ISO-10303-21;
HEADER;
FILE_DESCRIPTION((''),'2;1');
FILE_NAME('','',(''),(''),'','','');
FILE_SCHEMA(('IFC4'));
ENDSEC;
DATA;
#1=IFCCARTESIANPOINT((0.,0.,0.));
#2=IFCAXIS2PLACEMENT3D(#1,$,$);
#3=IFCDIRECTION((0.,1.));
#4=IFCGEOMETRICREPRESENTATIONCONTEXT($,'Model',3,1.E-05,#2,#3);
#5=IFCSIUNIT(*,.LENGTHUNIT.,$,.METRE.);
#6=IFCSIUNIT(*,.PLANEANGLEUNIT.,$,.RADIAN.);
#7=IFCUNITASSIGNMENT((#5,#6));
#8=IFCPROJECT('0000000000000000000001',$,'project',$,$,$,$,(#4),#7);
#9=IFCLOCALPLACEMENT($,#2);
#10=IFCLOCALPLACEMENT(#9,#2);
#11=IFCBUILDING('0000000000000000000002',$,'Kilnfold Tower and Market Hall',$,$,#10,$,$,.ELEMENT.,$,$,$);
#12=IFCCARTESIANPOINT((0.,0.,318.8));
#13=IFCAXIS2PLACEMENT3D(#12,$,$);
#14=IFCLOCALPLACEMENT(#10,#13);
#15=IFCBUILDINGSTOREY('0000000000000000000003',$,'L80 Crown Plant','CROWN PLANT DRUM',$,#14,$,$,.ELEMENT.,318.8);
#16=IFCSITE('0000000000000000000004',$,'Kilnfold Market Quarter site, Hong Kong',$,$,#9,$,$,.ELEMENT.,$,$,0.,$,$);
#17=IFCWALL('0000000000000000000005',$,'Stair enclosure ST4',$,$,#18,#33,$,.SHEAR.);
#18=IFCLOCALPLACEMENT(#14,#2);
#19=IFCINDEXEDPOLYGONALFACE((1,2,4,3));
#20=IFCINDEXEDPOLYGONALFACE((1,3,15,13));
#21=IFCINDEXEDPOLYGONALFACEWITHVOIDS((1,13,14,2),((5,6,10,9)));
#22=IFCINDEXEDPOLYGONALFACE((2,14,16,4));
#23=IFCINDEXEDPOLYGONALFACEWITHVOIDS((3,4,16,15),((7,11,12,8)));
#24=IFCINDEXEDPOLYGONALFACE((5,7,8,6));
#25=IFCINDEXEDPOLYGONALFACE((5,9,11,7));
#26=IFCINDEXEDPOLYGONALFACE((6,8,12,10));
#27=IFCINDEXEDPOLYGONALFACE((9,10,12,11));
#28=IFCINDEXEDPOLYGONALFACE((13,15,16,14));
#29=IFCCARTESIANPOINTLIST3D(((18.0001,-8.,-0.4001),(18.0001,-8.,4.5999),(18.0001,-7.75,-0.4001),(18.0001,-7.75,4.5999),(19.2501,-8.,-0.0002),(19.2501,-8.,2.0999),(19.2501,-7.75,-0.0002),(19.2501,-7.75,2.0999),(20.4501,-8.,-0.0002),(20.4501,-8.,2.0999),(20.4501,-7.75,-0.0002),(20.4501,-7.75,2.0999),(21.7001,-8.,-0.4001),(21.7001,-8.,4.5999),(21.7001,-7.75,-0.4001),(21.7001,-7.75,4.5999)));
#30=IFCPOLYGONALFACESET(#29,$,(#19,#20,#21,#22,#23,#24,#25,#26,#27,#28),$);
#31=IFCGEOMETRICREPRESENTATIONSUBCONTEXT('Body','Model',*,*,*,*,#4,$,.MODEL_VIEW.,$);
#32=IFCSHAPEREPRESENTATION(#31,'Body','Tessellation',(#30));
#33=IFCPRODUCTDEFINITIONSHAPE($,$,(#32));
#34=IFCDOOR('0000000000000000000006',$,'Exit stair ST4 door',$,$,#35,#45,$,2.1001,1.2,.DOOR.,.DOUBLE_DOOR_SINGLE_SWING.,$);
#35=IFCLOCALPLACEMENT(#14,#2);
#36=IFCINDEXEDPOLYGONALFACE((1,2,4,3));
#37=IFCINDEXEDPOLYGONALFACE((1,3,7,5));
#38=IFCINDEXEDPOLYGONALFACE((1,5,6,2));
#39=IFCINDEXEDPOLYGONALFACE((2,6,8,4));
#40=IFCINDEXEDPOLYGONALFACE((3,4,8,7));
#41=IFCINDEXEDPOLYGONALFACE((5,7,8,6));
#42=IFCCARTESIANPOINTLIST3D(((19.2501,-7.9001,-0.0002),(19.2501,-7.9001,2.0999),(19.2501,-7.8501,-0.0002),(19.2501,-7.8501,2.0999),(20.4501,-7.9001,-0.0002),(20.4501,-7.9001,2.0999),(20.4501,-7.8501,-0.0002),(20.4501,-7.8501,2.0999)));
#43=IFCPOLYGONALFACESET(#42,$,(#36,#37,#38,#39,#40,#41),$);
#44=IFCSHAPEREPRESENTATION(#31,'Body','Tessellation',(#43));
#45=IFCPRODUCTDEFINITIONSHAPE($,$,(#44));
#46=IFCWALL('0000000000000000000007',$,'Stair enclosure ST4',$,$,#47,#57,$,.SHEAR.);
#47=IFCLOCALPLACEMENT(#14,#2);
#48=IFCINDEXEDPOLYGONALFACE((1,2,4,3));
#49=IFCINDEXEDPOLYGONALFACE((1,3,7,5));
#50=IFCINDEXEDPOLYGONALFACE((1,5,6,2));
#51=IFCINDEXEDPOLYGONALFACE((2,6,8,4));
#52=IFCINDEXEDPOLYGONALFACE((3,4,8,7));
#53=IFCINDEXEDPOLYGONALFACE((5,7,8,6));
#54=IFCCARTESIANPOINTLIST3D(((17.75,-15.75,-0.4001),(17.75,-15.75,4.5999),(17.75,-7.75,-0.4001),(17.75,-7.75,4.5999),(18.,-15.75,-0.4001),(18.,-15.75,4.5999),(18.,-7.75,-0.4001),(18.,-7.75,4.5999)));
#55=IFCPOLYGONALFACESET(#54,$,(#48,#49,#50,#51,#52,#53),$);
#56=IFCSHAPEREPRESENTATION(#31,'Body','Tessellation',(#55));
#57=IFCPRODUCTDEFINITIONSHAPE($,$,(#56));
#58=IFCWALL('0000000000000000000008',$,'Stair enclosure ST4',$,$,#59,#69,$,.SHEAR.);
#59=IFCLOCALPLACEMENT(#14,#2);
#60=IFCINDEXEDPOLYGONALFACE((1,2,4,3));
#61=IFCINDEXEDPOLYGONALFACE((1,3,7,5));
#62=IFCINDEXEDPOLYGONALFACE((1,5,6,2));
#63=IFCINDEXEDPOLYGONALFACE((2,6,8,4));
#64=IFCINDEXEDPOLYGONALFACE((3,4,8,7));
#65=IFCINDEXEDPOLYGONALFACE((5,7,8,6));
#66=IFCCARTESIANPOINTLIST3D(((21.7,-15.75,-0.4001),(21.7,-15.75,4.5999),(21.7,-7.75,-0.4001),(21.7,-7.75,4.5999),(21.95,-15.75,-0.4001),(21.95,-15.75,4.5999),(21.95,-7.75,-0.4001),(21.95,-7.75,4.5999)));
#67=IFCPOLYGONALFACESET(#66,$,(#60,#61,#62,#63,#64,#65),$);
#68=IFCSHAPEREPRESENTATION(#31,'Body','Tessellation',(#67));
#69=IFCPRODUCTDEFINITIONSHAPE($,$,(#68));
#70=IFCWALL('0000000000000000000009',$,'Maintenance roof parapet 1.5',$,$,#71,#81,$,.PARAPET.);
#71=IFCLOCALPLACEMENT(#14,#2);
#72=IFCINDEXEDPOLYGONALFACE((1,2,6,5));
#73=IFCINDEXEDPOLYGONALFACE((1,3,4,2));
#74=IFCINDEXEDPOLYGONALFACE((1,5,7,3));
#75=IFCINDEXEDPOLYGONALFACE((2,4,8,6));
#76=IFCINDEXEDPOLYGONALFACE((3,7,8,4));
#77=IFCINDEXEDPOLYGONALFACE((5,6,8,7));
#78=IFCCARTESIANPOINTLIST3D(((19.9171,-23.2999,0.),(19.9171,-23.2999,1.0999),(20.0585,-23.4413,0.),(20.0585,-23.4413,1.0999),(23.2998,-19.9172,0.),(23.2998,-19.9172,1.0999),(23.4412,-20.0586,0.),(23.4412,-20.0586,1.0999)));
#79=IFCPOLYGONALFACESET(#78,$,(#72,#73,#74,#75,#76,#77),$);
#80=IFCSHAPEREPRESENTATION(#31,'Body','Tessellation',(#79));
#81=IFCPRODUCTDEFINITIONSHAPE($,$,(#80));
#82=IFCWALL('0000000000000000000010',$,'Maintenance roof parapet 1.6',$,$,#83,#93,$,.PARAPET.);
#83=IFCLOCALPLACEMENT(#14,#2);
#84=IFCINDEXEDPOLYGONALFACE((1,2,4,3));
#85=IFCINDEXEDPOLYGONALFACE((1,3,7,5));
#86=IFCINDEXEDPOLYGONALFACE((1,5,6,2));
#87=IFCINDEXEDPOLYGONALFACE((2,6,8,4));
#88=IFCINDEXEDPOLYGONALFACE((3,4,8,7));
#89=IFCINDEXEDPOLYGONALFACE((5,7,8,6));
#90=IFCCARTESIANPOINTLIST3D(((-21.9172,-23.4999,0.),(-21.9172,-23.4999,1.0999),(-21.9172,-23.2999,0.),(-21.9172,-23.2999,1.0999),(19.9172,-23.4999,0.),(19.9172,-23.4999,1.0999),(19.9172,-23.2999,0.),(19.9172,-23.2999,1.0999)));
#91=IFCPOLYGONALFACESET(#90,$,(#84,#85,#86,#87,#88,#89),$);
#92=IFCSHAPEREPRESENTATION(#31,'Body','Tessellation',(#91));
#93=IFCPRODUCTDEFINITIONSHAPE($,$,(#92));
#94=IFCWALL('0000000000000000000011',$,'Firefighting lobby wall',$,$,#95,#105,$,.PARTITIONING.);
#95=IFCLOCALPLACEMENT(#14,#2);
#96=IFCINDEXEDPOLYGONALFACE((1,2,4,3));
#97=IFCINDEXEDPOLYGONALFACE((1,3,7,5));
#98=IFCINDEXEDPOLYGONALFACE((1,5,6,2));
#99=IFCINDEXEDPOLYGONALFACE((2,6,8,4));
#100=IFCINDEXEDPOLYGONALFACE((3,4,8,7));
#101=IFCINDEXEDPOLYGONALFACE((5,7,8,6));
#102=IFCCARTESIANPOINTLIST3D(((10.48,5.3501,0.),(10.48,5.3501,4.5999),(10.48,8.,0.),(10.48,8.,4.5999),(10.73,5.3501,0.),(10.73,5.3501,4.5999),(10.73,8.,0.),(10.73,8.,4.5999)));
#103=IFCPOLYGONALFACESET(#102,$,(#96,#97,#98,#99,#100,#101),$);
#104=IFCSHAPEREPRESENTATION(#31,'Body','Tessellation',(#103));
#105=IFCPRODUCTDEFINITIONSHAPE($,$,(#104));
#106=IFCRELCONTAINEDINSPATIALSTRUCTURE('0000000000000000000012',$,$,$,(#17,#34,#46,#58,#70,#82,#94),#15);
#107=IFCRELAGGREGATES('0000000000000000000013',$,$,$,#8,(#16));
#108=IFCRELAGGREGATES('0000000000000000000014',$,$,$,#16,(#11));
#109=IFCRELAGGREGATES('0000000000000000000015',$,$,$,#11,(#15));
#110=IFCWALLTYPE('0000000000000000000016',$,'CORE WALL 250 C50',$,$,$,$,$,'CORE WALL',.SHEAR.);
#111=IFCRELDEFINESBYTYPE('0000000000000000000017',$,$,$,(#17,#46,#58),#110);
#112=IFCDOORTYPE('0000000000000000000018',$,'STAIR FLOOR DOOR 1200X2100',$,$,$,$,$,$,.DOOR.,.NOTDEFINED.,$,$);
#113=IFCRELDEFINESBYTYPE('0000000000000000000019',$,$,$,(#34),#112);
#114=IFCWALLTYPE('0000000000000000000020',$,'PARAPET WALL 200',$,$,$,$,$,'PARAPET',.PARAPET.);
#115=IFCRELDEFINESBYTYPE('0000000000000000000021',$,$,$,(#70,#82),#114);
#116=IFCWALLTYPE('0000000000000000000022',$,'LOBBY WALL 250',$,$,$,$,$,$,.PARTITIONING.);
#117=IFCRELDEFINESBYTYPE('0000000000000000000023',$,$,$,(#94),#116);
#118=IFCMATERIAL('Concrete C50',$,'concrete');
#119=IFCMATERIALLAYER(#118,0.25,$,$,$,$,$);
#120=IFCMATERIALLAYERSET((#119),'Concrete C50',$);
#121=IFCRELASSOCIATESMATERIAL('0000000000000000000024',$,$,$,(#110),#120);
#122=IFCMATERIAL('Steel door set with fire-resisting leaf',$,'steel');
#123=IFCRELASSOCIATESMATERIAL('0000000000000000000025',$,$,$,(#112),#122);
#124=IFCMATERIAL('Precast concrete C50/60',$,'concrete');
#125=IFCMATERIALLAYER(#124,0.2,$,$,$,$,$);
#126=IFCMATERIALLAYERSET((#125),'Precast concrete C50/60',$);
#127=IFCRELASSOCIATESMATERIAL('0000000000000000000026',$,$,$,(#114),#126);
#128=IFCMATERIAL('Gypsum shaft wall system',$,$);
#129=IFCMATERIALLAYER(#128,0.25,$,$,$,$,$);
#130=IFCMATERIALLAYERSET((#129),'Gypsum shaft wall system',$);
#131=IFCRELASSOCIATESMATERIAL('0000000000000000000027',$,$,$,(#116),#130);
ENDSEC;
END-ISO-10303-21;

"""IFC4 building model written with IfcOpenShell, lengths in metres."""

from ifc_helpers import new_model, si_unit, direction, frame, frame_2d, origin, place, context, subcontext, project, spatial, rectangle, extrude, source, transform, mapped, material, layer, layer_set, type_object, element, fill, save


model = new_model("IFC4")

# Units and contexts
model_context = context("Model", 3, precision=1e-05, world=origin(), true_north=direction((0.0, 1.0)))
body_context = subcontext(model_context, "Body", "Model", "MODEL_VIEW")
ifc_project = project(units=[si_unit("LENGTHUNIT", "METRE"), si_unit("PLANEANGLEUNIT", "RADIAN")], contexts=[model_context])

# Site, building, storey
site_placement = place(None, origin())
site = spatial("IfcSite", under=ifc_project, at=site_placement, Name="Kilnfold Market Quarter site, Hong Kong", CompositionType="ELEMENT", RefElevation=0.0)
building_placement = place(site_placement, origin())
building = spatial("IfcBuilding", under=site, at=building_placement, Name="Kilnfold Tower and Market Hall", CompositionType="ELEMENT")
storey_placement = place(building_placement, frame((0.0, 0.0, 318.8)))
storey = spatial("IfcBuildingStorey", under=building, at=storey_placement, Name="L80 Crown Plant", Description="CROWN PLANT DRUM", CompositionType="ELEMENT", Elevation=318.8)

# Shared definitions
ifc_material_1 = material(Name="Concrete C50", Category="concrete")
ifc_layer_1 = layer(ifc_material_1, 0.25)
ifc_layer_set_1 = layer_set([ifc_layer_1], Name="Concrete C50")
wall_type_1 = type_object("IfcWallType", Name="CORE WALL 250 C50", ElementType="CORE WALL", PredefinedType="SHEAR", material=ifc_layer_set_1)
shared_shape_1 = source(origin(), body_context, "Body", "SweptSolid", [
    extrude(rectangle(XDim=3.7, YDim=0.25, at=frame_2d((1.8501, 0.0))), origin(), (0.0, 0.0, 1.0), 5.0),
])

# Wall, opening, door
wall_1_placement = place(storey_placement, frame((18.0, -7.875, -0.4001), z_axis=(0.0, 0.0, 1.0), x_axis=(1.0, 0.0, 0.0)))
wall_1 = element("IfcWall", 1, at=wall_1_placement, inside=storey, type_object=wall_type_1, Name="Stair enclosure ST4", PredefinedType="SHEAR", context=body_context, shape_type="MappedRepresentation", body=[
    mapped(shared_shape_1, transform((0.0, 0.0, 0.0))),
])
opening_placement = place(wall_1_placement, frame((1.25, 0.0, 0.3999)))
opening = element("IfcOpeningElement", 2, at=opening_placement, cuts=wall_1, PredefinedType="OPENING", context=body_context, shape_type="SweptSolid", body=[
    extrude(rectangle(XDim=1.2, YDim=2.1001, at=frame_2d((0.6001, 1.05))), frame((0.0, 0.135, 0.0), z_axis=(0.0, -1.0, 0.0), x_axis=(1.0, 0.0, 0.0)), (0.0, 0.0, 1.0), 0.27),
])
ifc_material_2 = material(Name="Steel door set with fire-resisting leaf", Category="steel")
door_type = type_object("IfcDoorType", Name="STAIR FLOOR DOOR 1200X2100", OperationType="NOTDEFINED", PredefinedType="DOOR", material=ifc_material_2)
door_placement = place(opening_placement, origin())
door = element("IfcDoor", 3, at=door_placement, inside=storey, type_object=door_type, Name="Exit stair ST4 door", OperationType="DOUBLE_DOOR_SINGLE_SWING", OverallHeight=2.1001, OverallWidth=1.2, PredefinedType="DOOR", context=body_context, shape_type="SweptSolid", body=[
    extrude(rectangle(XDim=1.2, YDim=2.1001, at=frame_2d((0.6001, 1.05))), frame((0.0, 0.0249, 0.0), z_axis=(0.0, -1.0, 0.0), x_axis=(1.0, 0.0, 0.0)), (0.0, 0.0, 1.0), 0.05),
])
fill(opening, door)

# Walls
shared_shape_2 = source(origin(), body_context, "Body", "SweptSolid", [
    extrude(rectangle(XDim=8.0, YDim=0.25, at=frame_2d((4.0, 0.0))), origin(), (0.0, 0.0, 1.0), 5.0),
])
for number, where, z_axis, x_axis, name in (
    (4, (17.875, -15.75, -0.4001), (0.0, 0.0, 1.0), (0.0, 1.0, 0.0), "Stair enclosure ST4"),
    (5, (21.825, -15.75, -0.4001), (0.0, 0.0, 1.0), (0.0, 1.0, 0.0), "Stair enclosure ST4"),
):
    element("IfcWall", number, at=place(storey_placement, frame(where, z_axis=z_axis, x_axis=x_axis)), inside=storey, type_object=wall_type_1, Name=name, PredefinedType="SHEAR", context=body_context, shape_type="MappedRepresentation", body=[
        mapped(shared_shape_2, transform((0.0, 0.0, 0.0))),
    ])
ifc_material_3 = material(Name="Precast concrete C50/60", Category="concrete")
ifc_layer_2 = layer(ifc_material_3, 0.2)
ifc_layer_set_2 = layer_set([ifc_layer_2], Name="Precast concrete C50/60")
wall_type_2 = type_object("IfcWallType", Name="PARAPET WALL 200", ElementType="PARAPET", PredefinedType="PARAPET", material=ifc_layer_set_2)
shared_shape_3 = source(origin(), body_context, "Body", "SweptSolid", [
    extrude(rectangle(XDim=4.7839, YDim=0.2, at=frame_2d((2.3921, 0.0))), origin(), (0.0, 0.0, 1.0), 1.0999),
])
wall_2_placement = place(storey_placement, frame((23.3706, -19.9878, 0.0), z_axis=(0.0, 0.0, 1.0), x_axis=(-0.707107, -0.707107, 0.0)))
element("IfcWall", 6, at=wall_2_placement, inside=storey, type_object=wall_type_2, Name="Maintenance roof parapet 1.5", PredefinedType="PARAPET", context=body_context, shape_type="MappedRepresentation", body=[
    mapped(shared_shape_3, transform((0.0, 0.0, 0.0))),
])
shared_shape_4 = source(origin(), body_context, "Body", "SweptSolid", [
    extrude(rectangle(XDim=41.8345, YDim=0.2, at=frame_2d((20.9172, 0.0))), origin(), (0.0, 0.0, 1.0), 1.0999),
])
wall_3_placement = place(storey_placement, frame((19.9172, -23.3999, 0.0), z_axis=(0.0, 0.0, 1.0), x_axis=(-1.0, 0.0, 0.0)))
element("IfcWall", 7, at=wall_3_placement, inside=storey, type_object=wall_type_2, Name="Maintenance roof parapet 1.6", PredefinedType="PARAPET", context=body_context, shape_type="MappedRepresentation", body=[
    mapped(shared_shape_4, transform((0.0, 0.0, 0.0))),
])
ifc_material_4 = material(Name="Gypsum shaft wall system")
ifc_layer_3 = layer(ifc_material_4, 0.25)
ifc_layer_set_3 = layer_set([ifc_layer_3], Name="Gypsum shaft wall system")
wall_type_3 = type_object("IfcWallType", Name="LOBBY WALL 250", PredefinedType="PARTITIONING", material=ifc_layer_set_3)
shared_shape_5 = source(origin(), body_context, "Body", "SweptSolid", [
    extrude(rectangle(XDim=2.6499, YDim=0.25, at=frame_2d((1.325, 0.0))), origin(), (0.0, 0.0, 1.0), 4.5999),
])
wall_4_placement = place(storey_placement, frame((10.605, 5.3501, 0.0), z_axis=(0.0, 0.0, 1.0), x_axis=(0.0, 1.0, 0.0)))
element("IfcWall", 8, at=wall_4_placement, inside=storey, type_object=wall_type_3, Name="Firefighting lobby wall", PredefinedType="PARTITIONING", context=body_context, shape_type="MappedRepresentation", body=[
    mapped(shared_shape_5, transform((0.0, 0.0, 0.0))),
])

save(model, "model.ifc")
